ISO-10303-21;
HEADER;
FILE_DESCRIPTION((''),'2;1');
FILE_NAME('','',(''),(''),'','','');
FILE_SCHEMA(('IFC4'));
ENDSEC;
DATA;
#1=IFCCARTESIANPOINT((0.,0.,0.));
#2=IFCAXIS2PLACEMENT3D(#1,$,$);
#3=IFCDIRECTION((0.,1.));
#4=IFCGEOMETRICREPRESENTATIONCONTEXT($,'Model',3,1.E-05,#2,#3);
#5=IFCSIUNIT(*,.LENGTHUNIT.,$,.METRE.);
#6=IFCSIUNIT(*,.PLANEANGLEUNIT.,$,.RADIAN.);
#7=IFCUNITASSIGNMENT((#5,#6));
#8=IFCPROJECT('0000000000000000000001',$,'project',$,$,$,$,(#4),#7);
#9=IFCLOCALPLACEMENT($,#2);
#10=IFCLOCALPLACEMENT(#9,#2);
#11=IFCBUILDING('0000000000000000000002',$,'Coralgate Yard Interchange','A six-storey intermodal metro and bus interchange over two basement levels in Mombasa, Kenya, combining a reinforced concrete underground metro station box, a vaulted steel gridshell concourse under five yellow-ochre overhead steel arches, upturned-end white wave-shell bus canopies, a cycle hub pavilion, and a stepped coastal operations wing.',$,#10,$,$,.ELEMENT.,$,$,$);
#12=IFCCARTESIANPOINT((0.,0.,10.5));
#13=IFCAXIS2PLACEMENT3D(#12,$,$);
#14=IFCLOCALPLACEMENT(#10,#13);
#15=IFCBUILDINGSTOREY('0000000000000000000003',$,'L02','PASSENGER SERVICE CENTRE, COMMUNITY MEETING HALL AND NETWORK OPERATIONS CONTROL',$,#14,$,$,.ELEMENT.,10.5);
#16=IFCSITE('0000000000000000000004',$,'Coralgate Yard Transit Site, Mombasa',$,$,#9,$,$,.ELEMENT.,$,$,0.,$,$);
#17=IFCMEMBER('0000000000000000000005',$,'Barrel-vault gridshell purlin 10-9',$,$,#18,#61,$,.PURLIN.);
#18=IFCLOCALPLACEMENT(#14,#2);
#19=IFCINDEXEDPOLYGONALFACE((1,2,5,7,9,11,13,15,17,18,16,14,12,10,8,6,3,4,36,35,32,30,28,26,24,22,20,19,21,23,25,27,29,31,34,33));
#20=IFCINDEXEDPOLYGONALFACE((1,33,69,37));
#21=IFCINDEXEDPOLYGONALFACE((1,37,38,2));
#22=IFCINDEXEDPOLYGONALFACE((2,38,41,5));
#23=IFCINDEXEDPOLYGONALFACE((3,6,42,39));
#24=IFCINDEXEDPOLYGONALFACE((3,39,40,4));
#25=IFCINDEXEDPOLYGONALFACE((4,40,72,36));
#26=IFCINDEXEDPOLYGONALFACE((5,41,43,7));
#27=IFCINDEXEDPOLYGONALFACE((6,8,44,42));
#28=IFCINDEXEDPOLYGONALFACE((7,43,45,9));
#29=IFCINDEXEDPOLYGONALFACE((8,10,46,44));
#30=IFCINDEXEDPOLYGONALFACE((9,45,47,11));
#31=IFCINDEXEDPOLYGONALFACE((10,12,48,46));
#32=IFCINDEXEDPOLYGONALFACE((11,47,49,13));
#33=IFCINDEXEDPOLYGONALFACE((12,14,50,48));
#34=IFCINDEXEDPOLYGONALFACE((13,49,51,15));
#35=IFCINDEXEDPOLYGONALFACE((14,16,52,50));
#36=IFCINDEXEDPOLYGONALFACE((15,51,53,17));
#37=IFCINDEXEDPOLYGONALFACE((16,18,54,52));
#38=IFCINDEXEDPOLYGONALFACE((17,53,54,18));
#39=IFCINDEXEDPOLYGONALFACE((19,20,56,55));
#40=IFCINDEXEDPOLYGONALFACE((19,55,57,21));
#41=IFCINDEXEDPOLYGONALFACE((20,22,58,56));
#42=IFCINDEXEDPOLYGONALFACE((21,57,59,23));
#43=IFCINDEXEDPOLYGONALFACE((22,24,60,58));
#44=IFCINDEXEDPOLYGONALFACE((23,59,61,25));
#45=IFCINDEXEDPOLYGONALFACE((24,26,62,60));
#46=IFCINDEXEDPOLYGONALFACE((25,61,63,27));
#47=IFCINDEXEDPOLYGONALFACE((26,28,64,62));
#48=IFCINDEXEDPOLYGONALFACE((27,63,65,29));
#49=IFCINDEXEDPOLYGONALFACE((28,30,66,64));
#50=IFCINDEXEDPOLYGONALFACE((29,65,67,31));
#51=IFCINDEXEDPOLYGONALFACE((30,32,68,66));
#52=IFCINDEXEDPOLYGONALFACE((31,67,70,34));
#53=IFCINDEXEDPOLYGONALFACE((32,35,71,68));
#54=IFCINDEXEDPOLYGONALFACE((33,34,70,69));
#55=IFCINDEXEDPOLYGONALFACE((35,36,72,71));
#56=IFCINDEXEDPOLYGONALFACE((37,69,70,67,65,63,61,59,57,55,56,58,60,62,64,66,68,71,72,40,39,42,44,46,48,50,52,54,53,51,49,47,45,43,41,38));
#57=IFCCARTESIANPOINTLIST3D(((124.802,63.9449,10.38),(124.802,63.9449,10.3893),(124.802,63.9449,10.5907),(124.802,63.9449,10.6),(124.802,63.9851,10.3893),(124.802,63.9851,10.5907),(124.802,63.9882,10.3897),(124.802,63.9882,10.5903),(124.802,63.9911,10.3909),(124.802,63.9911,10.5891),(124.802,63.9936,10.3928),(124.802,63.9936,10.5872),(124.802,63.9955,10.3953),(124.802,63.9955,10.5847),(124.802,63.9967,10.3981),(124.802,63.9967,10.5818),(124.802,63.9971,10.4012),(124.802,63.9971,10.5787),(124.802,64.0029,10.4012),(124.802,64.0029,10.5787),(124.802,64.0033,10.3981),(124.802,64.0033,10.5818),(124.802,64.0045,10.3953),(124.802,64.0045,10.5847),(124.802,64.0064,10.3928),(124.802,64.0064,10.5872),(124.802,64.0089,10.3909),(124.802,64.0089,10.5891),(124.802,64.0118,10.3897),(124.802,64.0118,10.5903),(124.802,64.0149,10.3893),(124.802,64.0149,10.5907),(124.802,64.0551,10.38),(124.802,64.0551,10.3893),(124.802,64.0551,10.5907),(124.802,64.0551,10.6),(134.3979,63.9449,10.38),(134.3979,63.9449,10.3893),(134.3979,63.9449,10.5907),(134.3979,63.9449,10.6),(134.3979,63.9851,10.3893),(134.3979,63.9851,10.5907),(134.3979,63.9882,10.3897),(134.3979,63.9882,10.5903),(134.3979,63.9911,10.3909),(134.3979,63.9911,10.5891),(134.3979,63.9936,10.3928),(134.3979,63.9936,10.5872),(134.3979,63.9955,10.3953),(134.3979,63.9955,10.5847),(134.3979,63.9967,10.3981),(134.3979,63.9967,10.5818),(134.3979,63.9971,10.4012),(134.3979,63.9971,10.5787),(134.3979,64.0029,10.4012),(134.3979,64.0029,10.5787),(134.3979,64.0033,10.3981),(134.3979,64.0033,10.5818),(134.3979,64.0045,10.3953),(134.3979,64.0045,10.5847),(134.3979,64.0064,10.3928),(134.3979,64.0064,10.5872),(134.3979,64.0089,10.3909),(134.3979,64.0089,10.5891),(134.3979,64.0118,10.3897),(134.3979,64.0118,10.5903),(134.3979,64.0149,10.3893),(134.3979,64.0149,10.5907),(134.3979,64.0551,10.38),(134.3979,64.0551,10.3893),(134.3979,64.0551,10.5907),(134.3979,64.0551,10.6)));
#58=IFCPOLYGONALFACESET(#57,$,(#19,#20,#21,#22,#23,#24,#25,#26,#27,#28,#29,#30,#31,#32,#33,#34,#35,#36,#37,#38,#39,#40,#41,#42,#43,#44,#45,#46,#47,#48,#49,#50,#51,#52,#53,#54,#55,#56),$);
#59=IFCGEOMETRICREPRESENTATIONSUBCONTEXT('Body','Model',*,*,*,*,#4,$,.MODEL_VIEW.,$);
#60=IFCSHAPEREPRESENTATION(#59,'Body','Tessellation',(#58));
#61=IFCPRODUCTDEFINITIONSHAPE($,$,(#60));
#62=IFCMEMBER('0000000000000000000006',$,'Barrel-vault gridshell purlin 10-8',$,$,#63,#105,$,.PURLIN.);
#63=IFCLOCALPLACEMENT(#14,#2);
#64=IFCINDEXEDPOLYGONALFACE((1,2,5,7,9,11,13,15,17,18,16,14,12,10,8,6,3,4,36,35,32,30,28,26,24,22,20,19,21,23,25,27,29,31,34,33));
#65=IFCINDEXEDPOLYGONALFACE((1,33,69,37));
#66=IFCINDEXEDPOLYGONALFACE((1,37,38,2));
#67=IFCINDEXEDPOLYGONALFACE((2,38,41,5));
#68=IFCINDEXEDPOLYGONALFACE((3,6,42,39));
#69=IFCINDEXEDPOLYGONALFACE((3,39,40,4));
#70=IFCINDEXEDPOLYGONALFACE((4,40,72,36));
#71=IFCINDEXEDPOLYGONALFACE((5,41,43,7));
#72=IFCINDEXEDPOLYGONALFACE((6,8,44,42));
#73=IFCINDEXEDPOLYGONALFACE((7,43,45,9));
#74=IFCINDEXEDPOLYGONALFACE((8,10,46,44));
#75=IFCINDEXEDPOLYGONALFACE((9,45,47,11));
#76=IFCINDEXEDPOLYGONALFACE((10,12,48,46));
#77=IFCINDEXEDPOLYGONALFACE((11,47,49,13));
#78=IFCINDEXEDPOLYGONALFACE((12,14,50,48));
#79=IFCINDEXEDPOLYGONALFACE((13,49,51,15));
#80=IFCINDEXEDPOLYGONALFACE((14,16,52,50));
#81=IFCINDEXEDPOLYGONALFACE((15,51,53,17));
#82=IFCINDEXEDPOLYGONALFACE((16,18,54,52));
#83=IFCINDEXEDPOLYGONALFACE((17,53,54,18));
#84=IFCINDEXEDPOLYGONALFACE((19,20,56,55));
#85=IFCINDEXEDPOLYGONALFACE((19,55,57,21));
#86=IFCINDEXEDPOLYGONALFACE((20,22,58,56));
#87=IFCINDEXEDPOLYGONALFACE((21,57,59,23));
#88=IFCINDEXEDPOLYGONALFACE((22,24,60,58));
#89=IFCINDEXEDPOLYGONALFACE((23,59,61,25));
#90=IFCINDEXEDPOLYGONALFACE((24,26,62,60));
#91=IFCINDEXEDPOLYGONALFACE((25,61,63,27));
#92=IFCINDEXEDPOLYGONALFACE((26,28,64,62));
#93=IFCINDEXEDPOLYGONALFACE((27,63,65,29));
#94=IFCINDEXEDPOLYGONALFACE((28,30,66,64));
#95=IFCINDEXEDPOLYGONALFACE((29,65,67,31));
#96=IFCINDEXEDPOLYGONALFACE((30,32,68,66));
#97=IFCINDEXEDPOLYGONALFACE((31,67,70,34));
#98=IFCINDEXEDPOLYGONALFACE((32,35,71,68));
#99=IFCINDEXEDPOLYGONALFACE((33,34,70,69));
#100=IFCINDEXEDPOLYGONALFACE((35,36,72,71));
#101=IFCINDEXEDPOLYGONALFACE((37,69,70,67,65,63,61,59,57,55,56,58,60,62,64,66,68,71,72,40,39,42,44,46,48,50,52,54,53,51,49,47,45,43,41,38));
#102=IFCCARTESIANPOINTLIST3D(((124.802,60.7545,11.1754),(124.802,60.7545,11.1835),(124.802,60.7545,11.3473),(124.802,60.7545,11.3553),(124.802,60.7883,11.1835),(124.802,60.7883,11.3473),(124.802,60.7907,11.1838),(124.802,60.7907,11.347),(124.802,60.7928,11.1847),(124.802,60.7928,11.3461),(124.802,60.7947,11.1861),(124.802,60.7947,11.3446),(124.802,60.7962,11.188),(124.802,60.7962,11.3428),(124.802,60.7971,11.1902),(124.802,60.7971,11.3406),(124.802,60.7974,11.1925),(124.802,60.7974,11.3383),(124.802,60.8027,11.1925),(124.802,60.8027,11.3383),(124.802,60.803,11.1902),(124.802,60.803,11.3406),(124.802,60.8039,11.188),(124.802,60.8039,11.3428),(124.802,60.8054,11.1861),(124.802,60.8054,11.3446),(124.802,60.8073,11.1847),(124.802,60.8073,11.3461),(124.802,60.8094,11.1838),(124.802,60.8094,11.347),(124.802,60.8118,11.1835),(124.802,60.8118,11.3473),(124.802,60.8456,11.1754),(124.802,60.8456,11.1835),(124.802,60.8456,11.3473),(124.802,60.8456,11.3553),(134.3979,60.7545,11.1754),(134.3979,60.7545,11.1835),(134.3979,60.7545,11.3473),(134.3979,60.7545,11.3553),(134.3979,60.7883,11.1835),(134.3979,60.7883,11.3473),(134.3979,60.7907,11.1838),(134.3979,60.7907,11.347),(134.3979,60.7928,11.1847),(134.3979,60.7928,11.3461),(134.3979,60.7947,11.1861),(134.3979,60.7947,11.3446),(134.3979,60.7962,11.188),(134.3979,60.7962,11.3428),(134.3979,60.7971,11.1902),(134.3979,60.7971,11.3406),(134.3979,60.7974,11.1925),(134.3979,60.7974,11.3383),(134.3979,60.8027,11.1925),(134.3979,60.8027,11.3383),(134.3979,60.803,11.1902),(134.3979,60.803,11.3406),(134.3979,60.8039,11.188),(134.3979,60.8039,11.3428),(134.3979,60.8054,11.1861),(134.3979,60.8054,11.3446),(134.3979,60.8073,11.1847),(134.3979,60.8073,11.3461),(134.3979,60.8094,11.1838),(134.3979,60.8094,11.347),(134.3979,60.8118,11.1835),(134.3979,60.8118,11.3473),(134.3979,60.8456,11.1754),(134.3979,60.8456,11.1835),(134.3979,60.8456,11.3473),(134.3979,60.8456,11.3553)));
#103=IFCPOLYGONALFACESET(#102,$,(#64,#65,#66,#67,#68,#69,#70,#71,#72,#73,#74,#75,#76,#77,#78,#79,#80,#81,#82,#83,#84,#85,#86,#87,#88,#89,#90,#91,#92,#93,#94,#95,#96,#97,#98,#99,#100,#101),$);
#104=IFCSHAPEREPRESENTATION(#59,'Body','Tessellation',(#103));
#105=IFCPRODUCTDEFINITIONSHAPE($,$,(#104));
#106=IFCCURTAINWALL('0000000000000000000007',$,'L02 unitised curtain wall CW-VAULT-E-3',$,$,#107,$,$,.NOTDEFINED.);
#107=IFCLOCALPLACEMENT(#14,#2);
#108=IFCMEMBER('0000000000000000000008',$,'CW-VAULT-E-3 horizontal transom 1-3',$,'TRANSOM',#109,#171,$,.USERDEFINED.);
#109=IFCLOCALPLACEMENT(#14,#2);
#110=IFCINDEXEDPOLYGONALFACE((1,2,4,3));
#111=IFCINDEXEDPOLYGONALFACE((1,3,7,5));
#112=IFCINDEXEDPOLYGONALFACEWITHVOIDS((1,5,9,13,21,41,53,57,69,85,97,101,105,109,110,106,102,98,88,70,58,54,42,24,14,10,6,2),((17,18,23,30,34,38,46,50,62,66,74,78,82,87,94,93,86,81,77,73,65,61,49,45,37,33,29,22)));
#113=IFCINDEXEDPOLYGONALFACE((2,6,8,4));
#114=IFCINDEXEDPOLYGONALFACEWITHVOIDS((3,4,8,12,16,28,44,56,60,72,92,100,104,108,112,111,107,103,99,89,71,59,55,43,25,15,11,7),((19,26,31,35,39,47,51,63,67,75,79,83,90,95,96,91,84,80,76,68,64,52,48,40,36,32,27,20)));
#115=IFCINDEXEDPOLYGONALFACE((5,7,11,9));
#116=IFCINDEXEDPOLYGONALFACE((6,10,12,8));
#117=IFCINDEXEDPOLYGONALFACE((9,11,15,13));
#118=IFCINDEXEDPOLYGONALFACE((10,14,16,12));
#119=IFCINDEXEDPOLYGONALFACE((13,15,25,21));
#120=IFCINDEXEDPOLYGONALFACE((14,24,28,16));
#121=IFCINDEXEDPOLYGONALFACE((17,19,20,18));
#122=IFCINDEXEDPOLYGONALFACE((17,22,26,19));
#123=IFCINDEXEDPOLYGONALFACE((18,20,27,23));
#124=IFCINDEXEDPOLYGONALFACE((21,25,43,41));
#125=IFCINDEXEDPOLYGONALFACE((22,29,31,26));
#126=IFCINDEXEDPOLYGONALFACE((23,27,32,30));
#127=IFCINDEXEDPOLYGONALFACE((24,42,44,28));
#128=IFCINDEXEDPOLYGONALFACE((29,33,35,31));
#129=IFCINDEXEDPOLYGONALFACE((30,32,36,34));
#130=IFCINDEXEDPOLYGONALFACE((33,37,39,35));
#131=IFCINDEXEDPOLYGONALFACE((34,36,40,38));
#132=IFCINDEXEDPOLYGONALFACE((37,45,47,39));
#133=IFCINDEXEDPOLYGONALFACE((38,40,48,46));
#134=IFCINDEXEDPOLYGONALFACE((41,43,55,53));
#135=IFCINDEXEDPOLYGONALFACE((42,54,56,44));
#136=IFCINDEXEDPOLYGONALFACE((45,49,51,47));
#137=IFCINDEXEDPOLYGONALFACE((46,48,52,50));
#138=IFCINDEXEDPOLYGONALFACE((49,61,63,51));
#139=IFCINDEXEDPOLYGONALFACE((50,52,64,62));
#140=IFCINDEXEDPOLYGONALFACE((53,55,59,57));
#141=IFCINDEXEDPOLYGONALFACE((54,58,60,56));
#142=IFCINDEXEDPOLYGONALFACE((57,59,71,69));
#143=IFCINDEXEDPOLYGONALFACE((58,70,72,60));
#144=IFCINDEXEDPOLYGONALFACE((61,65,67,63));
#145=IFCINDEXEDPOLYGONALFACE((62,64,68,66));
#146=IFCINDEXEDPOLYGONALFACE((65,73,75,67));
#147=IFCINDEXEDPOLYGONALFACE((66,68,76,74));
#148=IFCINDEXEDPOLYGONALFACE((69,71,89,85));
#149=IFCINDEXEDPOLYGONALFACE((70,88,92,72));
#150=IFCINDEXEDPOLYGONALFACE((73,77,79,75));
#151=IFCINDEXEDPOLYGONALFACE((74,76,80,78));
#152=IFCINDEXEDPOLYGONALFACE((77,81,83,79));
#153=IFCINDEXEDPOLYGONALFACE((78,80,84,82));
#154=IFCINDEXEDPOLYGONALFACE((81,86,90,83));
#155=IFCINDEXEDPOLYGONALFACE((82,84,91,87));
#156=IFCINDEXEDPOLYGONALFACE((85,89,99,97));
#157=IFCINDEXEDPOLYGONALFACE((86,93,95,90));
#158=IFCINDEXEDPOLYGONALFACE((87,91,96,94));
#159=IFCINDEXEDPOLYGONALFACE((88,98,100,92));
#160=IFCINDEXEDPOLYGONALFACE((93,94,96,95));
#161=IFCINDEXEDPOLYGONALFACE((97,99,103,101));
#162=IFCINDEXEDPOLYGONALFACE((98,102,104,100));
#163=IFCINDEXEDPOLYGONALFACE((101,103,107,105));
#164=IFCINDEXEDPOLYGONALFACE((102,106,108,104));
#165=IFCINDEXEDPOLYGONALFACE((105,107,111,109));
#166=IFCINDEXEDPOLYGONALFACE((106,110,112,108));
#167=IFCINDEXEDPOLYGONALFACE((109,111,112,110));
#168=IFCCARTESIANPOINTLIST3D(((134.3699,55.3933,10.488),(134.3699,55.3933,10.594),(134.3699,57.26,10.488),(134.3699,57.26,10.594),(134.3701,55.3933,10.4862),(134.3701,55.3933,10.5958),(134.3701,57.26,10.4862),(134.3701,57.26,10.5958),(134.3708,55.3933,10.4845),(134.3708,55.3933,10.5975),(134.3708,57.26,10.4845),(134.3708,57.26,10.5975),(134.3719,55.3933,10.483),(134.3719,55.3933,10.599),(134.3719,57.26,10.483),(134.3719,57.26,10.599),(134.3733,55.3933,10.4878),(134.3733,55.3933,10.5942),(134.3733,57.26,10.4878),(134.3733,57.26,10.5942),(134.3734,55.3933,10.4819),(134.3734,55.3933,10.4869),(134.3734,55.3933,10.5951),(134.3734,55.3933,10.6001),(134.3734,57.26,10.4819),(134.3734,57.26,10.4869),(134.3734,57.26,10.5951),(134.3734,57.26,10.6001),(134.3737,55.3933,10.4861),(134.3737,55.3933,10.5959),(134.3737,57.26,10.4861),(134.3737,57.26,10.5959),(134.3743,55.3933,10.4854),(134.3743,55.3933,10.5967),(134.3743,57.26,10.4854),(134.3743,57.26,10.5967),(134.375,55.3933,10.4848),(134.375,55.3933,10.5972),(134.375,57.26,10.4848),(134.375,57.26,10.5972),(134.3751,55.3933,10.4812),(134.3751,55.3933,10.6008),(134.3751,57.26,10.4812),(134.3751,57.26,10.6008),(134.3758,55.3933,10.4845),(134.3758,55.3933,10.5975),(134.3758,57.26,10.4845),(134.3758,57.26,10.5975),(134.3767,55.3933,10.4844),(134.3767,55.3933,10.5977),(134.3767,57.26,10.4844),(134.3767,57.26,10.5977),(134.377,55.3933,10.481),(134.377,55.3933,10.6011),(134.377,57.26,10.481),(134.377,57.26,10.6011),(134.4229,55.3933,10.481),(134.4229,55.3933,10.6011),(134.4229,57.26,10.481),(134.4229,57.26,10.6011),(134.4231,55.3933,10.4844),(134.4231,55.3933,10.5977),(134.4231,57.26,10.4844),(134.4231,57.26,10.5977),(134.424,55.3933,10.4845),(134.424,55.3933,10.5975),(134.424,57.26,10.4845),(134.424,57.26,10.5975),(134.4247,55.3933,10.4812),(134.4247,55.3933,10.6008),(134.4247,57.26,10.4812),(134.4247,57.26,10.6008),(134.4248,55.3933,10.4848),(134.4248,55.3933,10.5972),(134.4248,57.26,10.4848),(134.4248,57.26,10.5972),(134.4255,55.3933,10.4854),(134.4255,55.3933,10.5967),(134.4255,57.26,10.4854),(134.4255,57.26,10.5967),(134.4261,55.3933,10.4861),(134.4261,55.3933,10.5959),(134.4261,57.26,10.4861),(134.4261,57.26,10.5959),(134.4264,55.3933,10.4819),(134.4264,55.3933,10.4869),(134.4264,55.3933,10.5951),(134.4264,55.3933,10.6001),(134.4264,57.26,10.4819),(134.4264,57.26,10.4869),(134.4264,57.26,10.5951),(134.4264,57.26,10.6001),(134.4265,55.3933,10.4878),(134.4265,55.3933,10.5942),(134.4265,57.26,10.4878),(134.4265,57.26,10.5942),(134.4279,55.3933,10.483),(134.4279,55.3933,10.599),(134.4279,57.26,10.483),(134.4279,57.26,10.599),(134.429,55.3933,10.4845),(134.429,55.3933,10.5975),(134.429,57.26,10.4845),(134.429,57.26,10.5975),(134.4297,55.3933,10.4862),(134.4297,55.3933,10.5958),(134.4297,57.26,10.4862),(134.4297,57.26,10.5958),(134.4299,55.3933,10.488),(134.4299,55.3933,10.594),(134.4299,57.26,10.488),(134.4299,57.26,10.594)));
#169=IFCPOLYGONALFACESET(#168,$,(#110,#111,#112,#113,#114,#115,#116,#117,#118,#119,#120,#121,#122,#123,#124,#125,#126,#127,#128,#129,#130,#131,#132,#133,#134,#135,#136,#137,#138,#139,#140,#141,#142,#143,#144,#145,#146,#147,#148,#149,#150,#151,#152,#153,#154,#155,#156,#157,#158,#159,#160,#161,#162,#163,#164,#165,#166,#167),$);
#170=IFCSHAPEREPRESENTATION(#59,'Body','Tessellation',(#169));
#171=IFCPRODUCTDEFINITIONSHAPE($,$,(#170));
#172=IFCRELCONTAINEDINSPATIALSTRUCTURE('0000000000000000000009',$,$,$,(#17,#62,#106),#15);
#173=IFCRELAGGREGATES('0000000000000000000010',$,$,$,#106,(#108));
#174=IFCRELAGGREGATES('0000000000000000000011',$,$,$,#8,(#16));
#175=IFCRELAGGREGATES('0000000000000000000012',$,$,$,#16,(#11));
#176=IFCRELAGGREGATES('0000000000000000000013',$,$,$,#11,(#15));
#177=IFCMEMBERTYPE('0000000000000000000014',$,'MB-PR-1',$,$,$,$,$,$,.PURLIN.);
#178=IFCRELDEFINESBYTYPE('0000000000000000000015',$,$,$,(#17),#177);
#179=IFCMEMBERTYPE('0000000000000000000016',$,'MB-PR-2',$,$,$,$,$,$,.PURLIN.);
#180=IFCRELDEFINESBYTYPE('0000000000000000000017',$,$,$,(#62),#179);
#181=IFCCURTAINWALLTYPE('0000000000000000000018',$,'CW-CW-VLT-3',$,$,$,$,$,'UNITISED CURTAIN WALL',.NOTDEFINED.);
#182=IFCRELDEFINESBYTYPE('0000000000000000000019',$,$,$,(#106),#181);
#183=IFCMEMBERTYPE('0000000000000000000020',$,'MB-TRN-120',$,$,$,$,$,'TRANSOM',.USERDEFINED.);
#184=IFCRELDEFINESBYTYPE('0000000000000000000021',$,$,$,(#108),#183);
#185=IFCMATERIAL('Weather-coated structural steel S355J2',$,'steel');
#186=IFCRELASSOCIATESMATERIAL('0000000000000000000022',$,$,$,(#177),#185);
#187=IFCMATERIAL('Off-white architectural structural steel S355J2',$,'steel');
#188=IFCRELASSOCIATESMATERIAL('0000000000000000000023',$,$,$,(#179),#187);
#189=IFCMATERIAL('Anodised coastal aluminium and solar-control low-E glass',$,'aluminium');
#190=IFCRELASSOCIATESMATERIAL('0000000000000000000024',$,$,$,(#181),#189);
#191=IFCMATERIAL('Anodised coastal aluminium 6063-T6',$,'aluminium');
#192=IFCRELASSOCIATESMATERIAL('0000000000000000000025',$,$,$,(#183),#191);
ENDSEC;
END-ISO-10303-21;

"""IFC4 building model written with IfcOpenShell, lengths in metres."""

from ifc_helpers import new_model, si_unit, direction, frame, origin, origin_2d, place, context, subcontext, project, spatial, hollow_rectangle, i_section, extrude, material, material_profile, profile_set, type_object, element, aggregate, save


model = new_model("IFC4")

# Units and contexts
model_context = context("Model", 3, precision=1e-05, world=origin(), true_north=direction((0.0, 1.0)))
body_context = subcontext(model_context, "Body", "Model", "MODEL_VIEW")
ifc_project = project(units=[si_unit("LENGTHUNIT", "METRE"), si_unit("PLANEANGLEUNIT", "RADIAN")], contexts=[model_context])

# Site, building, storey
site_placement = place(None, origin())
site = spatial("IfcSite", under=ifc_project, at=site_placement, Name="Coralgate Yard Transit Site, Mombasa", CompositionType="ELEMENT", RefElevation=0.0)
building_placement = place(site_placement, origin())
building = spatial("IfcBuilding", under=site, at=building_placement, Name="Coralgate Yard Interchange", Description="A six-storey intermodal metro and bus interchange over two basement levels in Mombasa, Kenya, combining a reinforced concrete underground metro station box, a vaulted steel gridshell concourse under five yellow-ochre overhead steel arches, upturned-end white wave-shell bus canopies, a cycle hub pavilion, and a stepped coastal operations wing.", CompositionType="ELEMENT")
storey_placement = place(building_placement, frame((0.0, 0.0, 10.5)))
storey = spatial("IfcBuildingStorey", under=building, at=storey_placement, Name="L02", Description="PASSENGER SERVICE CENTRE, COMMUNITY MEETING HALL AND NETWORK OPERATIONS CONTROL", CompositionType="ELEMENT", Elevation=10.5)

# Shared definitions
ifc_material_1 = material(Name="Weather-coated structural steel S355J2", Category="steel")

# Members
ifc_material_profile_1 = material_profile(ifc_material_1, i_section(OverallWidth=0.1101, OverallDepth=0.22, WebThickness=0.0059, FlangeThickness=0.0093, FilletRadius=0.012, at=origin_2d()), Name="IPE 220")
ifc_profile_set_1 = profile_set([ifc_material_profile_1], Name="Weather-coated structural steel S355J2")
member_type_1 = type_object("IfcMemberType", Name="MB-PR-1", PredefinedType="PURLIN", material=ifc_profile_set_1)
for number, where, z_axis, x_axis, name in (
    (1, (124.802, 64.0, 10.49), (1.0, 0.0, 0.0), (0.0, 1.0, 0.0), "Barrel-vault gridshell purlin 10-9"),
):
    element("IfcMember", number, at=place(storey_placement, frame(where, z_axis=z_axis, x_axis=x_axis)), inside=storey, type_object=member_type_1, Name=name, PredefinedType="PURLIN", context=body_context, shape_type="SweptSolid", body=[
        extrude(i_section(OverallWidth=0.1101, OverallDepth=0.22, WebThickness=0.0059, FlangeThickness=0.0093, FilletRadius=0.012, at=origin_2d()), origin(), (0.0, 0.0, 1.0), 9.5959),
    ])
ifc_material_2 = material(Name="Off-white architectural structural steel S355J2", Category="steel")
ifc_material_profile_2 = material_profile(ifc_material_2, i_section(OverallWidth=0.0911, OverallDepth=0.1799, WebThickness=0.0054, FlangeThickness=0.0081, FilletRadius=0.009, at=origin_2d()), Name="IPE 180")
ifc_profile_set_2 = profile_set([ifc_material_profile_2], Name="Off-white architectural structural steel S355J2")
member_type_2 = type_object("IfcMemberType", Name="MB-PR-2", PredefinedType="PURLIN", material=ifc_profile_set_2)
member_1_placement = place(storey_placement, frame((124.802, 60.8, 11.2654), z_axis=(1.0, 0.0, 0.0), x_axis=(0.0, 1.0, 0.0)))
element("IfcMember", 2, at=member_1_placement, inside=storey, type_object=member_type_2, Name="Barrel-vault gridshell purlin 10-8", PredefinedType="PURLIN", context=body_context, shape_type="SweptSolid", body=[
    extrude(i_section(OverallWidth=0.0911, OverallDepth=0.1799, WebThickness=0.0054, FlangeThickness=0.0081, FilletRadius=0.009, at=origin_2d()), origin(), (0.0, 0.0, 1.0), 9.5959),
])

# Curtain wall, member
ifc_material_3 = material(Name="Anodised coastal aluminium and solar-control low-E glass", Category="aluminium")
curtain_wall_type_1 = type_object("IfcCurtainWallType", Name="CW-CW-VLT-3", ElementType="UNITISED CURTAIN WALL", PredefinedType="NOTDEFINED", material=ifc_material_3)
curtain_wall_1_placement = place(storey_placement, origin())
curtain_wall_1 = element("IfcCurtainWall", 3, at=curtain_wall_1_placement, inside=storey, type_object=curtain_wall_type_1, Name="L02 unitised curtain wall CW-VAULT-E-3", PredefinedType="NOTDEFINED")
ifc_material_4 = material(Name="Anodised coastal aluminium 6063-T6", Category="aluminium")
ifc_material_profile_3 = material_profile(ifc_material_4, hollow_rectangle(XDim=0.0601, YDim=0.1201, WallThickness=0.0034, InnerFilletRadius=0.0034, OuterFilletRadius=0.0071, at=origin_2d()), Name="ALU 60x120x3.5")
ifc_profile_set_3 = profile_set([ifc_material_profile_3], Name="Anodised coastal aluminium 6063-T6")
member_type_3 = type_object("IfcMemberType", Name="MB-TRN-120", ElementType="TRANSOM", PredefinedType="USERDEFINED", material=ifc_profile_set_3)
member_2_placement = place(storey_placement, frame((134.3999, 57.26, 10.541), z_axis=(0.0, -1.0, 0.0), x_axis=(1.0, 0.0, 0.0)))
member_2 = element("IfcMember", 4, at=member_2_placement, type_object=member_type_3, Name="CW-VAULT-E-3 horizontal transom 1-3", ObjectType="TRANSOM", PredefinedType="USERDEFINED", context=body_context, shape_type="SweptSolid", body=[
    extrude(hollow_rectangle(XDim=0.0601, YDim=0.1201, WallThickness=0.0034, InnerFilletRadius=0.0034, OuterFilletRadius=0.0071, at=origin_2d()), origin(), (0.0, 0.0, 1.0), 1.8667),
])
aggregate(curtain_wall_1, [member_2])

save(model, "model.ifc")
